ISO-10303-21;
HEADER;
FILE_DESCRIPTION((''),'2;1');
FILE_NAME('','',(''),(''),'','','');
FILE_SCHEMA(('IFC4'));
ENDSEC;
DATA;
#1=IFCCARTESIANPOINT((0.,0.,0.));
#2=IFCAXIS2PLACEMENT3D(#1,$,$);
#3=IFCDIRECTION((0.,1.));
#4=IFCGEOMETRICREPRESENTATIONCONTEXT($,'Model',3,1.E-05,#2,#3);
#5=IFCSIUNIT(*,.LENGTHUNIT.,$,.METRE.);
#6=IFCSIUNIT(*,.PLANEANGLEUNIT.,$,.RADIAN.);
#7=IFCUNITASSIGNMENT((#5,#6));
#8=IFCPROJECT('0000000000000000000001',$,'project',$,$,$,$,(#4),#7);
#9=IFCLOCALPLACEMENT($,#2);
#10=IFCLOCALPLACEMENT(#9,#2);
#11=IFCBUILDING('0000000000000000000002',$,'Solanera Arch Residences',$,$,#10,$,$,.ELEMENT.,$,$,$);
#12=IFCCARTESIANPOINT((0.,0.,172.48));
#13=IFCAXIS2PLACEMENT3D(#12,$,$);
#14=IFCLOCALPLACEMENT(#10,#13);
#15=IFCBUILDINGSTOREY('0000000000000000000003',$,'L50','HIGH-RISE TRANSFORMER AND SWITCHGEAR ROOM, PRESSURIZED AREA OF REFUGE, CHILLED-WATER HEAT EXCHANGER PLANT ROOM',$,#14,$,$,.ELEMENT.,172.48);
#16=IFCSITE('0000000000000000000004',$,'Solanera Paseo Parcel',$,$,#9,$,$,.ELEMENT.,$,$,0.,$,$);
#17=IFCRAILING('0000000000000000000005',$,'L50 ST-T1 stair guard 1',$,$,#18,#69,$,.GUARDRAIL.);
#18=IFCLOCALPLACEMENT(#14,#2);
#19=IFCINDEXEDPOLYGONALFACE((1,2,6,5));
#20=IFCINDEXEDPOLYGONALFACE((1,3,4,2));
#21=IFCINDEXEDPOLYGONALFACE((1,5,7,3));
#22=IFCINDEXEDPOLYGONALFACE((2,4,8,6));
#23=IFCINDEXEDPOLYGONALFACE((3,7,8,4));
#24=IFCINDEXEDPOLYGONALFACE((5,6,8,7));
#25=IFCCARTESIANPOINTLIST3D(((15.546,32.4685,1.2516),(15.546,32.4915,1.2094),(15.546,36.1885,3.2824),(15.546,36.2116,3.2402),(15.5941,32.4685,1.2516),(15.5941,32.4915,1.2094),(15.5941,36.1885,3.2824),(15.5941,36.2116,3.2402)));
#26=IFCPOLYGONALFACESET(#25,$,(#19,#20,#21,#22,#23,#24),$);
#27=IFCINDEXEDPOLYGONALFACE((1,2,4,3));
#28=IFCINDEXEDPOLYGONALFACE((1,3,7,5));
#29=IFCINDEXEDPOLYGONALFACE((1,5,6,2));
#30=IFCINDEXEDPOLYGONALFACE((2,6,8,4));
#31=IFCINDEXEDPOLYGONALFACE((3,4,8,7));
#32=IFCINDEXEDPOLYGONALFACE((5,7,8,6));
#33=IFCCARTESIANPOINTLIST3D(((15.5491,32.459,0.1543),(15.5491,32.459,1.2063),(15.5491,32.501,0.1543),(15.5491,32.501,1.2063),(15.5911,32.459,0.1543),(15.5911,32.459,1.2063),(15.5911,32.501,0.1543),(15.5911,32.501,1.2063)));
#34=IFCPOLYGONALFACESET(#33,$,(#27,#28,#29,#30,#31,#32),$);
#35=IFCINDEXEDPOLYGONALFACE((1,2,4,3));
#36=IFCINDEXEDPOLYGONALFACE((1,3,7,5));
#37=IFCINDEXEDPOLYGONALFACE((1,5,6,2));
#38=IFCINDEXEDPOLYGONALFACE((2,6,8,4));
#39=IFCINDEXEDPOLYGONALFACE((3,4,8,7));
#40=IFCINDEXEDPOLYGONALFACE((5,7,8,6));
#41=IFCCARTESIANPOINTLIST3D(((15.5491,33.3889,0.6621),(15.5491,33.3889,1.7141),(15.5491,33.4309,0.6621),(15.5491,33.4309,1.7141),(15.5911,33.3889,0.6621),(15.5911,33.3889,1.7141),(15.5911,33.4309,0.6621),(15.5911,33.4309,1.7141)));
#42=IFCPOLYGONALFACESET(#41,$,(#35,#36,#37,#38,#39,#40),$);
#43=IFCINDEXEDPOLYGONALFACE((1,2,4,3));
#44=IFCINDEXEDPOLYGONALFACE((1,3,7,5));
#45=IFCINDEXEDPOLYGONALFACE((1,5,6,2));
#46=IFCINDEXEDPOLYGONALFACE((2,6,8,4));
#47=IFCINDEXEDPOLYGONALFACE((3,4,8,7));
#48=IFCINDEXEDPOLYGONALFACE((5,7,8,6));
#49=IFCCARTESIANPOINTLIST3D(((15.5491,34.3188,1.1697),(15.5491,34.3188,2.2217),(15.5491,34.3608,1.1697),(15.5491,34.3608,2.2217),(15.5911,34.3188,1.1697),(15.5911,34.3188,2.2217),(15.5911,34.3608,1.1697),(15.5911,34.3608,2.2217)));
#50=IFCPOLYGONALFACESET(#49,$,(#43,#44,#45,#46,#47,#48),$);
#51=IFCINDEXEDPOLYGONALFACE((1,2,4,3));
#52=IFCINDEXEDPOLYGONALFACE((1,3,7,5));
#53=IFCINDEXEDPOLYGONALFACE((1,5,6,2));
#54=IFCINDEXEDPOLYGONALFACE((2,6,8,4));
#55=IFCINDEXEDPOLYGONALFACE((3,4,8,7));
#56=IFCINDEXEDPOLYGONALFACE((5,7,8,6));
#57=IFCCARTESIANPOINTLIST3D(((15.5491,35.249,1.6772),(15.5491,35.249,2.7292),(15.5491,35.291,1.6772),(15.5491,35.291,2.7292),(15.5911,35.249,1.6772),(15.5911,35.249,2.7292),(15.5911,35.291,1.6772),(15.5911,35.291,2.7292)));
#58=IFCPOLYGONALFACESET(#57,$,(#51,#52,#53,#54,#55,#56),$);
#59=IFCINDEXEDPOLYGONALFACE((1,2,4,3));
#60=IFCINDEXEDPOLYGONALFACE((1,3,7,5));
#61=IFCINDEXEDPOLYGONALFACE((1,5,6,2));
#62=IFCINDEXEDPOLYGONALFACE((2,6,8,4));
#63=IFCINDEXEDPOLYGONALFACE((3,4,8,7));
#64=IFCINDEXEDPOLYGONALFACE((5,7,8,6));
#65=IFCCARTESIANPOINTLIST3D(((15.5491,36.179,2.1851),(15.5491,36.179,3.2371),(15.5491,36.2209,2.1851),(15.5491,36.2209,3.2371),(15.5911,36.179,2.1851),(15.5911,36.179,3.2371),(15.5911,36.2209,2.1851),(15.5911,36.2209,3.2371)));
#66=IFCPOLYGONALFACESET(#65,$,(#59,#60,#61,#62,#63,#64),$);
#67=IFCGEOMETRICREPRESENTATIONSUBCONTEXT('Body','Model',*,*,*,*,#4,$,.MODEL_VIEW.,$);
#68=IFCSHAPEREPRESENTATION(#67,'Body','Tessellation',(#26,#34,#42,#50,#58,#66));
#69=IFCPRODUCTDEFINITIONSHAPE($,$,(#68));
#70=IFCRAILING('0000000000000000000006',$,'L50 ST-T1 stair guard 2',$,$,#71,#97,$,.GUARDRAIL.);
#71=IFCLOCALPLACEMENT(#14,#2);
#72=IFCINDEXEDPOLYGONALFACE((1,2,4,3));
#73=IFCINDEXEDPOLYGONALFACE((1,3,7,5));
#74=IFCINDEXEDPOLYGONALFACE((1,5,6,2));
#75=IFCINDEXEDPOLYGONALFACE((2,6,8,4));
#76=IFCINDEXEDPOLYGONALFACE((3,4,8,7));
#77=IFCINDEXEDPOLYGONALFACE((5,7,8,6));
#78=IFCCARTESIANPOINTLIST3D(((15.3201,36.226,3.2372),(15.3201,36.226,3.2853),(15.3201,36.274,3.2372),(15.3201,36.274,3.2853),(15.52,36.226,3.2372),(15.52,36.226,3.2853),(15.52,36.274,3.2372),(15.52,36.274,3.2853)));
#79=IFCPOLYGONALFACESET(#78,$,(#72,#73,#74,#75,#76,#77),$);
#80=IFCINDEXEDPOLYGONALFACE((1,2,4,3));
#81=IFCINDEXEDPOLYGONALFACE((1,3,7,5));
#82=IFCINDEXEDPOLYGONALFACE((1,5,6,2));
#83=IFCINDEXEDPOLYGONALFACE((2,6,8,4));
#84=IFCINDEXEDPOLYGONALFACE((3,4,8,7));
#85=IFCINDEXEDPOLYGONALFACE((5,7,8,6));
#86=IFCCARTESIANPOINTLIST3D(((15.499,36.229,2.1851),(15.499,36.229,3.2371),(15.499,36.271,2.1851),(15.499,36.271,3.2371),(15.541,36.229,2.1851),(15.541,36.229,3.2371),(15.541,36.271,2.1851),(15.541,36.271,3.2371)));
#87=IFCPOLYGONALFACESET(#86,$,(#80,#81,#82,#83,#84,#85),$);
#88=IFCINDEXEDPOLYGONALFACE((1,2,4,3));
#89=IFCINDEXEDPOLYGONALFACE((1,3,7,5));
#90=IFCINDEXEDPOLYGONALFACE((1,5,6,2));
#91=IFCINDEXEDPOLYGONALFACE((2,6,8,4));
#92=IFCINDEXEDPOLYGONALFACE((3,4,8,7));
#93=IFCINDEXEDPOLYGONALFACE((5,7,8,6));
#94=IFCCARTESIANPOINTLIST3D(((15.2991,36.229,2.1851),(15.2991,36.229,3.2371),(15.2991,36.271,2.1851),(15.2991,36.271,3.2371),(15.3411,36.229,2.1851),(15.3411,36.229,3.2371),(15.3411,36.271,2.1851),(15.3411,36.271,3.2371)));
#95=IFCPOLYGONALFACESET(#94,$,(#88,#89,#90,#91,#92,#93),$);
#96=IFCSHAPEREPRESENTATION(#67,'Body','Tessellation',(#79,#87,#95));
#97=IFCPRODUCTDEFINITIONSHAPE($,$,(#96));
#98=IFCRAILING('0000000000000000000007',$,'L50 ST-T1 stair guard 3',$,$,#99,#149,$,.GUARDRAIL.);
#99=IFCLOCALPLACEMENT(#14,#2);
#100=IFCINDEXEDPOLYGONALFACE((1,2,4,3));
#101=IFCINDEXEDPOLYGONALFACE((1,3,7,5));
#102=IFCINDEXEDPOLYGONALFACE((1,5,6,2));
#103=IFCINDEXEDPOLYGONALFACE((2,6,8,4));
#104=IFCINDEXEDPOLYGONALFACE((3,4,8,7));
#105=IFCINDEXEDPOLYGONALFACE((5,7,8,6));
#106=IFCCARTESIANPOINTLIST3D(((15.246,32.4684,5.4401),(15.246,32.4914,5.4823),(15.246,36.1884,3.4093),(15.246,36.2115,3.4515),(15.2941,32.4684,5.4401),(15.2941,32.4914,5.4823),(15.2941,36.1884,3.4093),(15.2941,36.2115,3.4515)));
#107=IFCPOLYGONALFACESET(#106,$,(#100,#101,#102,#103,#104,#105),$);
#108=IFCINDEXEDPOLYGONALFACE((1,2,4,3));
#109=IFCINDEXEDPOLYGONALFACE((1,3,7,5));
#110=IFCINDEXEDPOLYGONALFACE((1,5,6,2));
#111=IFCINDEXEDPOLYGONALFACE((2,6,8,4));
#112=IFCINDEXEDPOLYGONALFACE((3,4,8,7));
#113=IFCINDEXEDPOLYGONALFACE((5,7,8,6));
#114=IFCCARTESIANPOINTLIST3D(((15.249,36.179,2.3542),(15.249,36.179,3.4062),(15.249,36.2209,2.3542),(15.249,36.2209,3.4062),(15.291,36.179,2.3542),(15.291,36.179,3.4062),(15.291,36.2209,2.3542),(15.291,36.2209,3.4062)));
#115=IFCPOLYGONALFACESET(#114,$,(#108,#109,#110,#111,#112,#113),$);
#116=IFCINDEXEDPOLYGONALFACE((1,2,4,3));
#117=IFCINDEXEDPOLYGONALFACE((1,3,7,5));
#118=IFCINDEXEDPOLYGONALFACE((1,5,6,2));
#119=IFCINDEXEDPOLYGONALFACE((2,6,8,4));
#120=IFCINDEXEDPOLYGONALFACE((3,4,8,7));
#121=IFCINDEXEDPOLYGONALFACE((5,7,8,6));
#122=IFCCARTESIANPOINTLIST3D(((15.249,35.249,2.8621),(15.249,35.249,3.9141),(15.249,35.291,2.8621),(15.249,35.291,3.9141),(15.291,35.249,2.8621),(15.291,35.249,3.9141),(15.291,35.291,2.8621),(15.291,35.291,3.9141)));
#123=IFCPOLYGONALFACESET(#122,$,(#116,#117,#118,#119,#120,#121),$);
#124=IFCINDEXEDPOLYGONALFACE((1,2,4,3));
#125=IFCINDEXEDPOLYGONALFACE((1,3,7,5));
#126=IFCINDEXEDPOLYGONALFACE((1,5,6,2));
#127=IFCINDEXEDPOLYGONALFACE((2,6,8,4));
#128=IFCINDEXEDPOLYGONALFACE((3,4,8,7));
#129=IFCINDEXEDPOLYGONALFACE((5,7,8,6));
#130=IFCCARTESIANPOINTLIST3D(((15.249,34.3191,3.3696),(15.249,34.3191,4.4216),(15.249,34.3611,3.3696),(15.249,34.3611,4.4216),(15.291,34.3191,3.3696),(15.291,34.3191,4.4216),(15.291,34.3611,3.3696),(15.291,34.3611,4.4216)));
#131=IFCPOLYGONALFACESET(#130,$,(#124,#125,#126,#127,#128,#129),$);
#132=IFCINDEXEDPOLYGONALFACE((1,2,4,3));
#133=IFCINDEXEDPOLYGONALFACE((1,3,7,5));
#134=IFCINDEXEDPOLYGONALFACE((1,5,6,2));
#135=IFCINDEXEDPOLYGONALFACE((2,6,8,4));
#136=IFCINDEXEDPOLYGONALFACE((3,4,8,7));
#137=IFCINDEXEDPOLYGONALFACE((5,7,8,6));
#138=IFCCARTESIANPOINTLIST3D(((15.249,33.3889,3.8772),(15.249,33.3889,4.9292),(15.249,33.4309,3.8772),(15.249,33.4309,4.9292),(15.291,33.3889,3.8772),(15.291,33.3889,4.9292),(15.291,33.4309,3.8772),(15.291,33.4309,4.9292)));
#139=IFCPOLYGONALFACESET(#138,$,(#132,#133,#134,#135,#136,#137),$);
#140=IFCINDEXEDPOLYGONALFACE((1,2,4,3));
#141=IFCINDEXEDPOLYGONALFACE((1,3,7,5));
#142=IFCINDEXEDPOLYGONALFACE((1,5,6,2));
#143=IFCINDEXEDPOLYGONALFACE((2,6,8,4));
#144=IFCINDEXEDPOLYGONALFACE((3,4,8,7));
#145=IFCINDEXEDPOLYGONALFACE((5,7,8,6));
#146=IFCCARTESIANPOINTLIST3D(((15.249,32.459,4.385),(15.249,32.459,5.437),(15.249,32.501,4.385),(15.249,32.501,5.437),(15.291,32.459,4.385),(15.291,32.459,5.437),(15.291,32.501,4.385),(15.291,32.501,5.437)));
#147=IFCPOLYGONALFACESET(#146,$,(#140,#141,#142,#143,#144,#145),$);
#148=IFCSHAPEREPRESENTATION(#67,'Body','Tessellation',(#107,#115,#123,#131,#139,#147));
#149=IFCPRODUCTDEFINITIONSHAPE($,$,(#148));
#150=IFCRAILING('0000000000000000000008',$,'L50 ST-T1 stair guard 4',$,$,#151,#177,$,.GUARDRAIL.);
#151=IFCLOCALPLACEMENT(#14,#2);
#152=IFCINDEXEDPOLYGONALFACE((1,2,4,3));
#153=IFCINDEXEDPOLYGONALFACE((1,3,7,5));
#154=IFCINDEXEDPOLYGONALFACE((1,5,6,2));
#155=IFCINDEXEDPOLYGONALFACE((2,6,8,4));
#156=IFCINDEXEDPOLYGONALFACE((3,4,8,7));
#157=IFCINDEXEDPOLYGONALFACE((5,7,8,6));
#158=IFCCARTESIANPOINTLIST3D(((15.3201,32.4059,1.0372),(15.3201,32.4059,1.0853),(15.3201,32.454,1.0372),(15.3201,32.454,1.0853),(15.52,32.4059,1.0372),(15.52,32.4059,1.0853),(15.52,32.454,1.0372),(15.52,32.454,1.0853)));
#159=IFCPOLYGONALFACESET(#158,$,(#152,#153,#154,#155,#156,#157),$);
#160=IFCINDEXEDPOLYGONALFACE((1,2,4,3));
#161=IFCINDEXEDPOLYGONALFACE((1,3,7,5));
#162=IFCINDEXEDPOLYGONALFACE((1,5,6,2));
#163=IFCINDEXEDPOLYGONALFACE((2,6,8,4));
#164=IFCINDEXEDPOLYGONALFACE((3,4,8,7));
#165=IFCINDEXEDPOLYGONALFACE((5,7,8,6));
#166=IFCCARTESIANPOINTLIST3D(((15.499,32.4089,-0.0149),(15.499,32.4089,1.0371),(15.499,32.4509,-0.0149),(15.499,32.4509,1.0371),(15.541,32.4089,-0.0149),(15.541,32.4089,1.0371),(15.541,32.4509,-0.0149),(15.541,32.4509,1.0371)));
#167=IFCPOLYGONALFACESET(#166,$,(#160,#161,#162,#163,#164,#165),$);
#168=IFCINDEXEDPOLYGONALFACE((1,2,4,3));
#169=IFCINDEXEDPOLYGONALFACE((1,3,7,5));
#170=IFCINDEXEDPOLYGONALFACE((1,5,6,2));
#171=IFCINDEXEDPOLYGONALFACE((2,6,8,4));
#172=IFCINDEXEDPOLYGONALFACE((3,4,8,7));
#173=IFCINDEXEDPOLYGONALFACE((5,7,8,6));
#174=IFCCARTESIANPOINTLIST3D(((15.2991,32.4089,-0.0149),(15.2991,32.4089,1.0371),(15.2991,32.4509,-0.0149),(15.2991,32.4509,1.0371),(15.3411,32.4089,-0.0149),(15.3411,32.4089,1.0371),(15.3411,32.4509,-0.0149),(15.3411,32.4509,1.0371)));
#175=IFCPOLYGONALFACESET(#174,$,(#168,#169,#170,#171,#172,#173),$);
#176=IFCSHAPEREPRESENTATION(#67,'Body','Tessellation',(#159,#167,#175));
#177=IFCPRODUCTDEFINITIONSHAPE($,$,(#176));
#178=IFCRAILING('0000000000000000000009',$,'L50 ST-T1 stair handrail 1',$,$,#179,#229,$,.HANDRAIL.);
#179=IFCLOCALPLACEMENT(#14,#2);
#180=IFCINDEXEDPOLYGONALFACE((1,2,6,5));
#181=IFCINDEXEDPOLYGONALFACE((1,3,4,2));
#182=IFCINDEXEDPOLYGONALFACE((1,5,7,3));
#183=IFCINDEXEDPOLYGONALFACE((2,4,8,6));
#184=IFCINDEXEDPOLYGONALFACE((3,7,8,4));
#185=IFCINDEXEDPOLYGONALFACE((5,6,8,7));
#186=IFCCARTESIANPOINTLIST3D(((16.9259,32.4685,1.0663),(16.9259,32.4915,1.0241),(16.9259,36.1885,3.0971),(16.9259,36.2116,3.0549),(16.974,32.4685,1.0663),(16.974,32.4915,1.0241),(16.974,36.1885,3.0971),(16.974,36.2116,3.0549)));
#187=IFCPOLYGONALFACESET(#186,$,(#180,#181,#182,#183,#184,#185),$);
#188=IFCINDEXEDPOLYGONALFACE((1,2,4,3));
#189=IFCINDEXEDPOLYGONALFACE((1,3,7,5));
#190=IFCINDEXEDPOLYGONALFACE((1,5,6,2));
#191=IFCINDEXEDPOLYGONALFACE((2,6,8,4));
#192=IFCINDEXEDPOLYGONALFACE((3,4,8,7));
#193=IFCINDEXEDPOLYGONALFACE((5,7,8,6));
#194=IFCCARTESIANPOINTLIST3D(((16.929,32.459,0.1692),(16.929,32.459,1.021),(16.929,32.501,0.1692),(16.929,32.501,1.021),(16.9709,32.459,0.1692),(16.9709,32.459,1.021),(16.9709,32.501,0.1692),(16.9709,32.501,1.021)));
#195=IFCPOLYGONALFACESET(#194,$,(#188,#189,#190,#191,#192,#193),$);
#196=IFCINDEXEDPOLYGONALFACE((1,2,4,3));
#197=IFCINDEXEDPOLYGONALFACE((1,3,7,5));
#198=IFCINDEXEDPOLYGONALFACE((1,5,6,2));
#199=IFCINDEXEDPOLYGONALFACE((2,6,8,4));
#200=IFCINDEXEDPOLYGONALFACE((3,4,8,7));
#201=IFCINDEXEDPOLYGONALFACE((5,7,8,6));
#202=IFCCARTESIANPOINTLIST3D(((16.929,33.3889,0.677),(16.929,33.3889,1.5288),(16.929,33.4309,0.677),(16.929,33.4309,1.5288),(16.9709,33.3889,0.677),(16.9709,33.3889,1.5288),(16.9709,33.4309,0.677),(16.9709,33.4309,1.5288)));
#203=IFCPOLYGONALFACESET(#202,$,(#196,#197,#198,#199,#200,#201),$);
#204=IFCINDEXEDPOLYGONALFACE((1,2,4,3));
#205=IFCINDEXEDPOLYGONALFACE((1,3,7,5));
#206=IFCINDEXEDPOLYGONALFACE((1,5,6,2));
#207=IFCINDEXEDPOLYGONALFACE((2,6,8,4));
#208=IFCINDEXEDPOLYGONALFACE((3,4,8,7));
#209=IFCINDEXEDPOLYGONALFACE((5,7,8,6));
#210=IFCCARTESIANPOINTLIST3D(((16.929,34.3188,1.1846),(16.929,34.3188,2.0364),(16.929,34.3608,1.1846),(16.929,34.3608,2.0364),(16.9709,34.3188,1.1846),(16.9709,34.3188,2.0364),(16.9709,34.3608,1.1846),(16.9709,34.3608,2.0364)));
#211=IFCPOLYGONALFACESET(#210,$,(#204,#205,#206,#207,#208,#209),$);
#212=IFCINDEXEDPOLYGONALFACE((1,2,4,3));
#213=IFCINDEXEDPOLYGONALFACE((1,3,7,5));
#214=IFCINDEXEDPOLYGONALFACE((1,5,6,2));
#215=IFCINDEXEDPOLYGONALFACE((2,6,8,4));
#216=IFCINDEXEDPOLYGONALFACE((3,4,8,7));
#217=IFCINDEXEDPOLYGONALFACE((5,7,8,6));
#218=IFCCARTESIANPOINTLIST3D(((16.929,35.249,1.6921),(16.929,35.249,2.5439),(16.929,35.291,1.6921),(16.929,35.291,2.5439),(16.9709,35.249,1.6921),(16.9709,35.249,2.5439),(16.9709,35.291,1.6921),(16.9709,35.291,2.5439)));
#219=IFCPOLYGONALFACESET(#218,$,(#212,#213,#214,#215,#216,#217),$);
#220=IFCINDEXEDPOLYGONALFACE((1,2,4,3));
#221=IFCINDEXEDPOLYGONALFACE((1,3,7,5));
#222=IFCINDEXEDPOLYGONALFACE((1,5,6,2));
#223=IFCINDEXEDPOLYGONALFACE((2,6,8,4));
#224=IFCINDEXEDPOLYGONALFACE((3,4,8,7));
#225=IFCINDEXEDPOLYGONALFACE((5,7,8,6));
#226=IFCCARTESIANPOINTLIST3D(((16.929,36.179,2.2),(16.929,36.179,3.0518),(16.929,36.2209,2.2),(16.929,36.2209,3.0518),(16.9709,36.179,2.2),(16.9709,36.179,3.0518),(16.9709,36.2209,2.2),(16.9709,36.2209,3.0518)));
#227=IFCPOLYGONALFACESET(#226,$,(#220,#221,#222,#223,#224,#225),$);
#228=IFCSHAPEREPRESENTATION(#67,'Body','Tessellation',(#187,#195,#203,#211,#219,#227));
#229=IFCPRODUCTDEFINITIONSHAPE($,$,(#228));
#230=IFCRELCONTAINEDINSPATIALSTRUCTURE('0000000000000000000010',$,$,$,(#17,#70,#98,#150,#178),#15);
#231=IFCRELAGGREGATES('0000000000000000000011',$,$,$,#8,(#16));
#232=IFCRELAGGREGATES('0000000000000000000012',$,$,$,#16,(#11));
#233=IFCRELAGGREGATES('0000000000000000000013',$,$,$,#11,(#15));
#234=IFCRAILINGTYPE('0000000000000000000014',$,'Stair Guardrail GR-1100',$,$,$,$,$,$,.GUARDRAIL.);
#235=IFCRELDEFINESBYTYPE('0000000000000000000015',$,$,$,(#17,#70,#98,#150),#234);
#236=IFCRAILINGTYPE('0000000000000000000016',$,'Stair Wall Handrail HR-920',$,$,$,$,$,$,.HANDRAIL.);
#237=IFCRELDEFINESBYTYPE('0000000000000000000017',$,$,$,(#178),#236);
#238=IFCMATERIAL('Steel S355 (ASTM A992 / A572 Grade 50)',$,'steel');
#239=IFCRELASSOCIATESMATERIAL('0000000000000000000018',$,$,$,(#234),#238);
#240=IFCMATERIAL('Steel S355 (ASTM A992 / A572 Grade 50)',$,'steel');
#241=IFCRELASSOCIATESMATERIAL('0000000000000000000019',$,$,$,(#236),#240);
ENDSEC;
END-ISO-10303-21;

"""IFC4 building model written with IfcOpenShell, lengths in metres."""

from ifc_helpers import new_model, si_unit, direction, frame, origin, origin_2d, place, context, subcontext, project, spatial, rectangle, extrude, material, type_object, element, save


model = new_model("IFC4")

# Units and contexts
model_context = context("Model", 3, precision=1e-05, world=origin(), true_north=direction((0.0, 1.0)))
body_context = subcontext(model_context, "Body", "Model", "MODEL_VIEW")
ifc_project = project(units=[si_unit("LENGTHUNIT", "METRE"), si_unit("PLANEANGLEUNIT", "RADIAN")], contexts=[model_context])

# Site, building, storey
site_placement = place(None, origin())
site = spatial("IfcSite", under=ifc_project, at=site_placement, Name="Solanera Paseo Parcel", CompositionType="ELEMENT", RefElevation=0.0)
building_placement = place(site_placement, origin())
building = spatial("IfcBuilding", under=site, at=building_placement, Name="Solanera Arch Residences", CompositionType="ELEMENT")
storey_placement = place(building_placement, frame((0.0, 0.0, 172.48)))
storey = spatial("IfcBuildingStorey", under=building, at=storey_placement, Name="L50", Description="HIGH-RISE TRANSFORMER AND SWITCHGEAR ROOM, PRESSURIZED AREA OF REFUGE, CHILLED-WATER HEAT EXCHANGER PLANT ROOM", CompositionType="ELEMENT", Elevation=172.48)

# Railings
ifc_material_1 = material(Name="Steel S355 (ASTM A992 / A572 Grade 50)", Category="steel")
railing_type_1 = type_object("IfcRailingType", Name="Stair Guardrail GR-1100", PredefinedType="GUARDRAIL", material=ifc_material_1)
railing_1_placement = place(storey_placement, frame((15.5701, 32.48, 0.1543)))
element("IfcRailing", 1, at=railing_1_placement, inside=storey, type_object=railing_type_1, Name="L50 ST-T1 stair guard 1", PredefinedType="GUARDRAIL", context=body_context, shape_type="SweptSolid", body=[
    extrude(rectangle(XDim=0.0481, YDim=0.0481, at=origin_2d()), frame((0.0, 0.0, 1.0762), z_axis=(0.0, 0.877728, 0.479159), x_axis=(-1.0, 0.0, 0.0)), (0.0, 0.0, 1.0), 4.2383),
    extrude(rectangle(XDim=0.042, YDim=0.042, at=origin_2d()), origin(), (0.0, 0.0, 1.0), 1.052),
    extrude(rectangle(XDim=0.042, YDim=0.042, at=origin_2d()), frame((0.0, 0.9299, 0.5078)), (0.0, 0.0, 1.0), 1.052),
    extrude(rectangle(XDim=0.042, YDim=0.042, at=origin_2d()), frame((0.0, 1.8599, 1.0154)), (0.0, 0.0, 1.0), 1.052),
    extrude(rectangle(XDim=0.042, YDim=0.042, at=origin_2d()), frame((0.0, 2.79, 1.5229)), (0.0, 0.0, 1.0), 1.052),
    extrude(rectangle(XDim=0.042, YDim=0.042, at=origin_2d()), frame((0.0, 3.72, 2.0308)), (0.0, 0.0, 1.0), 1.052),
])
railing_2_placement = place(storey_placement, frame((15.52, 36.25, 2.1851)))
element("IfcRailing", 2, at=railing_2_placement, inside=storey, type_object=railing_type_1, Name="L50 ST-T1 stair guard 2", PredefinedType="GUARDRAIL", context=body_context, shape_type="SweptSolid", body=[
    extrude(rectangle(XDim=0.0481, YDim=0.0481, at=origin_2d()), frame((0.0, 0.0, 1.0762), z_axis=(-1.0, 0.0, 0.0), x_axis=(0.0, -1.0, 0.0)), (0.0, 0.0, 1.0), 0.2),
    extrude(rectangle(XDim=0.042, YDim=0.042, at=origin_2d()), origin(), (0.0, 0.0, 1.0), 1.052),
    extrude(rectangle(XDim=0.042, YDim=0.042, at=origin_2d()), frame((-0.2, 0.0, 0.0)), (0.0, 0.0, 1.0), 1.052),
])
railing_3_placement = place(storey_placement, frame((15.27, 36.2, 2.3542)))
element("IfcRailing", 3, at=railing_3_placement, inside=storey, type_object=railing_type_1, Name="L50 ST-T1 stair guard 3", PredefinedType="GUARDRAIL", context=body_context, shape_type="SweptSolid", body=[
    extrude(rectangle(XDim=0.0481, YDim=0.0481, at=origin_2d()), frame((0.0, 0.0, 1.0762), z_axis=(0.0, -0.877728, 0.479159), x_axis=(1.0, 0.0, 0.0)), (0.0, 0.0, 1.0), 4.2383),
    extrude(rectangle(XDim=0.042, YDim=0.042, at=origin_2d()), origin(), (0.0, 0.0, 1.0), 1.052),
    extrude(rectangle(XDim=0.042, YDim=0.042, at=origin_2d()), frame((0.0, -0.9299, 0.5078)), (0.0, 0.0, 1.0), 1.052),
    extrude(rectangle(XDim=0.042, YDim=0.042, at=origin_2d()), frame((0.0, -1.8599, 1.0154)), (0.0, 0.0, 1.0), 1.052),
    extrude(rectangle(XDim=0.042, YDim=0.042, at=origin_2d()), frame((0.0, -2.79, 1.5229)), (0.0, 0.0, 1.0), 1.052),
    extrude(rectangle(XDim=0.042, YDim=0.042, at=origin_2d()), frame((0.0, -3.72, 2.0308)), (0.0, 0.0, 1.0), 1.052),
])
railing_4_placement = place(storey_placement, frame((15.52, 32.4299, -0.0149)))
element("IfcRailing", 4, at=railing_4_placement, inside=storey, type_object=railing_type_1, Name="L50 ST-T1 stair guard 4", PredefinedType="GUARDRAIL", context=body_context, shape_type="SweptSolid", body=[
    extrude(rectangle(XDim=0.0481, YDim=0.0481, at=origin_2d()), frame((0.0, 0.0, 1.0762), z_axis=(-1.0, 0.0, 0.0), x_axis=(0.0, -1.0, 0.0)), (0.0, 0.0, 1.0), 0.2),
    extrude(rectangle(XDim=0.042, YDim=0.042, at=origin_2d()), origin(), (0.0, 0.0, 1.0), 1.052),
    extrude(rectangle(XDim=0.042, YDim=0.042, at=origin_2d()), frame((-0.2, 0.0, 0.0)), (0.0, 0.0, 1.0), 1.052),
])
ifc_material_2 = material(Name="Steel S355 (ASTM A992 / A572 Grade 50)", Category="steel")
railing_type_2 = type_object("IfcRailingType", Name="Stair Wall Handrail HR-920", PredefinedType="HANDRAIL", material=ifc_material_2)
railing_5_placement = place(storey_placement, frame((16.95, 32.48, 0.1692)))
element("IfcRailing", 5, at=railing_5_placement, inside=storey, type_object=railing_type_2, Name="L50 ST-T1 stair handrail 1", PredefinedType="HANDRAIL", context=body_context, shape_type="SweptSolid", body=[
    extrude(rectangle(XDim=0.0481, YDim=0.0481, at=origin_2d()), frame((0.0, 0.0, 0.876), z_axis=(0.0, 0.877728, 0.479159), x_axis=(-1.0, 0.0, 0.0)), (0.0, 0.0, 1.0), 4.2383),
    extrude(rectangle(XDim=0.042, YDim=0.042, at=origin_2d()), origin(), (0.0, 0.0, 1.0), 0.8518),
    extrude(rectangle(XDim=0.042, YDim=0.042, at=origin_2d()), frame((0.0, 0.9299, 0.5078)), (0.0, 0.0, 1.0), 0.8518),
    extrude(rectangle(XDim=0.042, YDim=0.042, at=origin_2d()), frame((0.0, 1.8599, 1.0154)), (0.0, 0.0, 1.0), 0.8518),
    extrude(rectangle(XDim=0.042, YDim=0.042, at=origin_2d()), frame((0.0, 2.79, 1.5229)), (0.0, 0.0, 1.0), 0.8518),
    extrude(rectangle(XDim=0.042, YDim=0.042, at=origin_2d()), frame((0.0, 3.72, 2.0308)), (0.0, 0.0, 1.0), 0.8518),
])

save(model, "model.ifc")
